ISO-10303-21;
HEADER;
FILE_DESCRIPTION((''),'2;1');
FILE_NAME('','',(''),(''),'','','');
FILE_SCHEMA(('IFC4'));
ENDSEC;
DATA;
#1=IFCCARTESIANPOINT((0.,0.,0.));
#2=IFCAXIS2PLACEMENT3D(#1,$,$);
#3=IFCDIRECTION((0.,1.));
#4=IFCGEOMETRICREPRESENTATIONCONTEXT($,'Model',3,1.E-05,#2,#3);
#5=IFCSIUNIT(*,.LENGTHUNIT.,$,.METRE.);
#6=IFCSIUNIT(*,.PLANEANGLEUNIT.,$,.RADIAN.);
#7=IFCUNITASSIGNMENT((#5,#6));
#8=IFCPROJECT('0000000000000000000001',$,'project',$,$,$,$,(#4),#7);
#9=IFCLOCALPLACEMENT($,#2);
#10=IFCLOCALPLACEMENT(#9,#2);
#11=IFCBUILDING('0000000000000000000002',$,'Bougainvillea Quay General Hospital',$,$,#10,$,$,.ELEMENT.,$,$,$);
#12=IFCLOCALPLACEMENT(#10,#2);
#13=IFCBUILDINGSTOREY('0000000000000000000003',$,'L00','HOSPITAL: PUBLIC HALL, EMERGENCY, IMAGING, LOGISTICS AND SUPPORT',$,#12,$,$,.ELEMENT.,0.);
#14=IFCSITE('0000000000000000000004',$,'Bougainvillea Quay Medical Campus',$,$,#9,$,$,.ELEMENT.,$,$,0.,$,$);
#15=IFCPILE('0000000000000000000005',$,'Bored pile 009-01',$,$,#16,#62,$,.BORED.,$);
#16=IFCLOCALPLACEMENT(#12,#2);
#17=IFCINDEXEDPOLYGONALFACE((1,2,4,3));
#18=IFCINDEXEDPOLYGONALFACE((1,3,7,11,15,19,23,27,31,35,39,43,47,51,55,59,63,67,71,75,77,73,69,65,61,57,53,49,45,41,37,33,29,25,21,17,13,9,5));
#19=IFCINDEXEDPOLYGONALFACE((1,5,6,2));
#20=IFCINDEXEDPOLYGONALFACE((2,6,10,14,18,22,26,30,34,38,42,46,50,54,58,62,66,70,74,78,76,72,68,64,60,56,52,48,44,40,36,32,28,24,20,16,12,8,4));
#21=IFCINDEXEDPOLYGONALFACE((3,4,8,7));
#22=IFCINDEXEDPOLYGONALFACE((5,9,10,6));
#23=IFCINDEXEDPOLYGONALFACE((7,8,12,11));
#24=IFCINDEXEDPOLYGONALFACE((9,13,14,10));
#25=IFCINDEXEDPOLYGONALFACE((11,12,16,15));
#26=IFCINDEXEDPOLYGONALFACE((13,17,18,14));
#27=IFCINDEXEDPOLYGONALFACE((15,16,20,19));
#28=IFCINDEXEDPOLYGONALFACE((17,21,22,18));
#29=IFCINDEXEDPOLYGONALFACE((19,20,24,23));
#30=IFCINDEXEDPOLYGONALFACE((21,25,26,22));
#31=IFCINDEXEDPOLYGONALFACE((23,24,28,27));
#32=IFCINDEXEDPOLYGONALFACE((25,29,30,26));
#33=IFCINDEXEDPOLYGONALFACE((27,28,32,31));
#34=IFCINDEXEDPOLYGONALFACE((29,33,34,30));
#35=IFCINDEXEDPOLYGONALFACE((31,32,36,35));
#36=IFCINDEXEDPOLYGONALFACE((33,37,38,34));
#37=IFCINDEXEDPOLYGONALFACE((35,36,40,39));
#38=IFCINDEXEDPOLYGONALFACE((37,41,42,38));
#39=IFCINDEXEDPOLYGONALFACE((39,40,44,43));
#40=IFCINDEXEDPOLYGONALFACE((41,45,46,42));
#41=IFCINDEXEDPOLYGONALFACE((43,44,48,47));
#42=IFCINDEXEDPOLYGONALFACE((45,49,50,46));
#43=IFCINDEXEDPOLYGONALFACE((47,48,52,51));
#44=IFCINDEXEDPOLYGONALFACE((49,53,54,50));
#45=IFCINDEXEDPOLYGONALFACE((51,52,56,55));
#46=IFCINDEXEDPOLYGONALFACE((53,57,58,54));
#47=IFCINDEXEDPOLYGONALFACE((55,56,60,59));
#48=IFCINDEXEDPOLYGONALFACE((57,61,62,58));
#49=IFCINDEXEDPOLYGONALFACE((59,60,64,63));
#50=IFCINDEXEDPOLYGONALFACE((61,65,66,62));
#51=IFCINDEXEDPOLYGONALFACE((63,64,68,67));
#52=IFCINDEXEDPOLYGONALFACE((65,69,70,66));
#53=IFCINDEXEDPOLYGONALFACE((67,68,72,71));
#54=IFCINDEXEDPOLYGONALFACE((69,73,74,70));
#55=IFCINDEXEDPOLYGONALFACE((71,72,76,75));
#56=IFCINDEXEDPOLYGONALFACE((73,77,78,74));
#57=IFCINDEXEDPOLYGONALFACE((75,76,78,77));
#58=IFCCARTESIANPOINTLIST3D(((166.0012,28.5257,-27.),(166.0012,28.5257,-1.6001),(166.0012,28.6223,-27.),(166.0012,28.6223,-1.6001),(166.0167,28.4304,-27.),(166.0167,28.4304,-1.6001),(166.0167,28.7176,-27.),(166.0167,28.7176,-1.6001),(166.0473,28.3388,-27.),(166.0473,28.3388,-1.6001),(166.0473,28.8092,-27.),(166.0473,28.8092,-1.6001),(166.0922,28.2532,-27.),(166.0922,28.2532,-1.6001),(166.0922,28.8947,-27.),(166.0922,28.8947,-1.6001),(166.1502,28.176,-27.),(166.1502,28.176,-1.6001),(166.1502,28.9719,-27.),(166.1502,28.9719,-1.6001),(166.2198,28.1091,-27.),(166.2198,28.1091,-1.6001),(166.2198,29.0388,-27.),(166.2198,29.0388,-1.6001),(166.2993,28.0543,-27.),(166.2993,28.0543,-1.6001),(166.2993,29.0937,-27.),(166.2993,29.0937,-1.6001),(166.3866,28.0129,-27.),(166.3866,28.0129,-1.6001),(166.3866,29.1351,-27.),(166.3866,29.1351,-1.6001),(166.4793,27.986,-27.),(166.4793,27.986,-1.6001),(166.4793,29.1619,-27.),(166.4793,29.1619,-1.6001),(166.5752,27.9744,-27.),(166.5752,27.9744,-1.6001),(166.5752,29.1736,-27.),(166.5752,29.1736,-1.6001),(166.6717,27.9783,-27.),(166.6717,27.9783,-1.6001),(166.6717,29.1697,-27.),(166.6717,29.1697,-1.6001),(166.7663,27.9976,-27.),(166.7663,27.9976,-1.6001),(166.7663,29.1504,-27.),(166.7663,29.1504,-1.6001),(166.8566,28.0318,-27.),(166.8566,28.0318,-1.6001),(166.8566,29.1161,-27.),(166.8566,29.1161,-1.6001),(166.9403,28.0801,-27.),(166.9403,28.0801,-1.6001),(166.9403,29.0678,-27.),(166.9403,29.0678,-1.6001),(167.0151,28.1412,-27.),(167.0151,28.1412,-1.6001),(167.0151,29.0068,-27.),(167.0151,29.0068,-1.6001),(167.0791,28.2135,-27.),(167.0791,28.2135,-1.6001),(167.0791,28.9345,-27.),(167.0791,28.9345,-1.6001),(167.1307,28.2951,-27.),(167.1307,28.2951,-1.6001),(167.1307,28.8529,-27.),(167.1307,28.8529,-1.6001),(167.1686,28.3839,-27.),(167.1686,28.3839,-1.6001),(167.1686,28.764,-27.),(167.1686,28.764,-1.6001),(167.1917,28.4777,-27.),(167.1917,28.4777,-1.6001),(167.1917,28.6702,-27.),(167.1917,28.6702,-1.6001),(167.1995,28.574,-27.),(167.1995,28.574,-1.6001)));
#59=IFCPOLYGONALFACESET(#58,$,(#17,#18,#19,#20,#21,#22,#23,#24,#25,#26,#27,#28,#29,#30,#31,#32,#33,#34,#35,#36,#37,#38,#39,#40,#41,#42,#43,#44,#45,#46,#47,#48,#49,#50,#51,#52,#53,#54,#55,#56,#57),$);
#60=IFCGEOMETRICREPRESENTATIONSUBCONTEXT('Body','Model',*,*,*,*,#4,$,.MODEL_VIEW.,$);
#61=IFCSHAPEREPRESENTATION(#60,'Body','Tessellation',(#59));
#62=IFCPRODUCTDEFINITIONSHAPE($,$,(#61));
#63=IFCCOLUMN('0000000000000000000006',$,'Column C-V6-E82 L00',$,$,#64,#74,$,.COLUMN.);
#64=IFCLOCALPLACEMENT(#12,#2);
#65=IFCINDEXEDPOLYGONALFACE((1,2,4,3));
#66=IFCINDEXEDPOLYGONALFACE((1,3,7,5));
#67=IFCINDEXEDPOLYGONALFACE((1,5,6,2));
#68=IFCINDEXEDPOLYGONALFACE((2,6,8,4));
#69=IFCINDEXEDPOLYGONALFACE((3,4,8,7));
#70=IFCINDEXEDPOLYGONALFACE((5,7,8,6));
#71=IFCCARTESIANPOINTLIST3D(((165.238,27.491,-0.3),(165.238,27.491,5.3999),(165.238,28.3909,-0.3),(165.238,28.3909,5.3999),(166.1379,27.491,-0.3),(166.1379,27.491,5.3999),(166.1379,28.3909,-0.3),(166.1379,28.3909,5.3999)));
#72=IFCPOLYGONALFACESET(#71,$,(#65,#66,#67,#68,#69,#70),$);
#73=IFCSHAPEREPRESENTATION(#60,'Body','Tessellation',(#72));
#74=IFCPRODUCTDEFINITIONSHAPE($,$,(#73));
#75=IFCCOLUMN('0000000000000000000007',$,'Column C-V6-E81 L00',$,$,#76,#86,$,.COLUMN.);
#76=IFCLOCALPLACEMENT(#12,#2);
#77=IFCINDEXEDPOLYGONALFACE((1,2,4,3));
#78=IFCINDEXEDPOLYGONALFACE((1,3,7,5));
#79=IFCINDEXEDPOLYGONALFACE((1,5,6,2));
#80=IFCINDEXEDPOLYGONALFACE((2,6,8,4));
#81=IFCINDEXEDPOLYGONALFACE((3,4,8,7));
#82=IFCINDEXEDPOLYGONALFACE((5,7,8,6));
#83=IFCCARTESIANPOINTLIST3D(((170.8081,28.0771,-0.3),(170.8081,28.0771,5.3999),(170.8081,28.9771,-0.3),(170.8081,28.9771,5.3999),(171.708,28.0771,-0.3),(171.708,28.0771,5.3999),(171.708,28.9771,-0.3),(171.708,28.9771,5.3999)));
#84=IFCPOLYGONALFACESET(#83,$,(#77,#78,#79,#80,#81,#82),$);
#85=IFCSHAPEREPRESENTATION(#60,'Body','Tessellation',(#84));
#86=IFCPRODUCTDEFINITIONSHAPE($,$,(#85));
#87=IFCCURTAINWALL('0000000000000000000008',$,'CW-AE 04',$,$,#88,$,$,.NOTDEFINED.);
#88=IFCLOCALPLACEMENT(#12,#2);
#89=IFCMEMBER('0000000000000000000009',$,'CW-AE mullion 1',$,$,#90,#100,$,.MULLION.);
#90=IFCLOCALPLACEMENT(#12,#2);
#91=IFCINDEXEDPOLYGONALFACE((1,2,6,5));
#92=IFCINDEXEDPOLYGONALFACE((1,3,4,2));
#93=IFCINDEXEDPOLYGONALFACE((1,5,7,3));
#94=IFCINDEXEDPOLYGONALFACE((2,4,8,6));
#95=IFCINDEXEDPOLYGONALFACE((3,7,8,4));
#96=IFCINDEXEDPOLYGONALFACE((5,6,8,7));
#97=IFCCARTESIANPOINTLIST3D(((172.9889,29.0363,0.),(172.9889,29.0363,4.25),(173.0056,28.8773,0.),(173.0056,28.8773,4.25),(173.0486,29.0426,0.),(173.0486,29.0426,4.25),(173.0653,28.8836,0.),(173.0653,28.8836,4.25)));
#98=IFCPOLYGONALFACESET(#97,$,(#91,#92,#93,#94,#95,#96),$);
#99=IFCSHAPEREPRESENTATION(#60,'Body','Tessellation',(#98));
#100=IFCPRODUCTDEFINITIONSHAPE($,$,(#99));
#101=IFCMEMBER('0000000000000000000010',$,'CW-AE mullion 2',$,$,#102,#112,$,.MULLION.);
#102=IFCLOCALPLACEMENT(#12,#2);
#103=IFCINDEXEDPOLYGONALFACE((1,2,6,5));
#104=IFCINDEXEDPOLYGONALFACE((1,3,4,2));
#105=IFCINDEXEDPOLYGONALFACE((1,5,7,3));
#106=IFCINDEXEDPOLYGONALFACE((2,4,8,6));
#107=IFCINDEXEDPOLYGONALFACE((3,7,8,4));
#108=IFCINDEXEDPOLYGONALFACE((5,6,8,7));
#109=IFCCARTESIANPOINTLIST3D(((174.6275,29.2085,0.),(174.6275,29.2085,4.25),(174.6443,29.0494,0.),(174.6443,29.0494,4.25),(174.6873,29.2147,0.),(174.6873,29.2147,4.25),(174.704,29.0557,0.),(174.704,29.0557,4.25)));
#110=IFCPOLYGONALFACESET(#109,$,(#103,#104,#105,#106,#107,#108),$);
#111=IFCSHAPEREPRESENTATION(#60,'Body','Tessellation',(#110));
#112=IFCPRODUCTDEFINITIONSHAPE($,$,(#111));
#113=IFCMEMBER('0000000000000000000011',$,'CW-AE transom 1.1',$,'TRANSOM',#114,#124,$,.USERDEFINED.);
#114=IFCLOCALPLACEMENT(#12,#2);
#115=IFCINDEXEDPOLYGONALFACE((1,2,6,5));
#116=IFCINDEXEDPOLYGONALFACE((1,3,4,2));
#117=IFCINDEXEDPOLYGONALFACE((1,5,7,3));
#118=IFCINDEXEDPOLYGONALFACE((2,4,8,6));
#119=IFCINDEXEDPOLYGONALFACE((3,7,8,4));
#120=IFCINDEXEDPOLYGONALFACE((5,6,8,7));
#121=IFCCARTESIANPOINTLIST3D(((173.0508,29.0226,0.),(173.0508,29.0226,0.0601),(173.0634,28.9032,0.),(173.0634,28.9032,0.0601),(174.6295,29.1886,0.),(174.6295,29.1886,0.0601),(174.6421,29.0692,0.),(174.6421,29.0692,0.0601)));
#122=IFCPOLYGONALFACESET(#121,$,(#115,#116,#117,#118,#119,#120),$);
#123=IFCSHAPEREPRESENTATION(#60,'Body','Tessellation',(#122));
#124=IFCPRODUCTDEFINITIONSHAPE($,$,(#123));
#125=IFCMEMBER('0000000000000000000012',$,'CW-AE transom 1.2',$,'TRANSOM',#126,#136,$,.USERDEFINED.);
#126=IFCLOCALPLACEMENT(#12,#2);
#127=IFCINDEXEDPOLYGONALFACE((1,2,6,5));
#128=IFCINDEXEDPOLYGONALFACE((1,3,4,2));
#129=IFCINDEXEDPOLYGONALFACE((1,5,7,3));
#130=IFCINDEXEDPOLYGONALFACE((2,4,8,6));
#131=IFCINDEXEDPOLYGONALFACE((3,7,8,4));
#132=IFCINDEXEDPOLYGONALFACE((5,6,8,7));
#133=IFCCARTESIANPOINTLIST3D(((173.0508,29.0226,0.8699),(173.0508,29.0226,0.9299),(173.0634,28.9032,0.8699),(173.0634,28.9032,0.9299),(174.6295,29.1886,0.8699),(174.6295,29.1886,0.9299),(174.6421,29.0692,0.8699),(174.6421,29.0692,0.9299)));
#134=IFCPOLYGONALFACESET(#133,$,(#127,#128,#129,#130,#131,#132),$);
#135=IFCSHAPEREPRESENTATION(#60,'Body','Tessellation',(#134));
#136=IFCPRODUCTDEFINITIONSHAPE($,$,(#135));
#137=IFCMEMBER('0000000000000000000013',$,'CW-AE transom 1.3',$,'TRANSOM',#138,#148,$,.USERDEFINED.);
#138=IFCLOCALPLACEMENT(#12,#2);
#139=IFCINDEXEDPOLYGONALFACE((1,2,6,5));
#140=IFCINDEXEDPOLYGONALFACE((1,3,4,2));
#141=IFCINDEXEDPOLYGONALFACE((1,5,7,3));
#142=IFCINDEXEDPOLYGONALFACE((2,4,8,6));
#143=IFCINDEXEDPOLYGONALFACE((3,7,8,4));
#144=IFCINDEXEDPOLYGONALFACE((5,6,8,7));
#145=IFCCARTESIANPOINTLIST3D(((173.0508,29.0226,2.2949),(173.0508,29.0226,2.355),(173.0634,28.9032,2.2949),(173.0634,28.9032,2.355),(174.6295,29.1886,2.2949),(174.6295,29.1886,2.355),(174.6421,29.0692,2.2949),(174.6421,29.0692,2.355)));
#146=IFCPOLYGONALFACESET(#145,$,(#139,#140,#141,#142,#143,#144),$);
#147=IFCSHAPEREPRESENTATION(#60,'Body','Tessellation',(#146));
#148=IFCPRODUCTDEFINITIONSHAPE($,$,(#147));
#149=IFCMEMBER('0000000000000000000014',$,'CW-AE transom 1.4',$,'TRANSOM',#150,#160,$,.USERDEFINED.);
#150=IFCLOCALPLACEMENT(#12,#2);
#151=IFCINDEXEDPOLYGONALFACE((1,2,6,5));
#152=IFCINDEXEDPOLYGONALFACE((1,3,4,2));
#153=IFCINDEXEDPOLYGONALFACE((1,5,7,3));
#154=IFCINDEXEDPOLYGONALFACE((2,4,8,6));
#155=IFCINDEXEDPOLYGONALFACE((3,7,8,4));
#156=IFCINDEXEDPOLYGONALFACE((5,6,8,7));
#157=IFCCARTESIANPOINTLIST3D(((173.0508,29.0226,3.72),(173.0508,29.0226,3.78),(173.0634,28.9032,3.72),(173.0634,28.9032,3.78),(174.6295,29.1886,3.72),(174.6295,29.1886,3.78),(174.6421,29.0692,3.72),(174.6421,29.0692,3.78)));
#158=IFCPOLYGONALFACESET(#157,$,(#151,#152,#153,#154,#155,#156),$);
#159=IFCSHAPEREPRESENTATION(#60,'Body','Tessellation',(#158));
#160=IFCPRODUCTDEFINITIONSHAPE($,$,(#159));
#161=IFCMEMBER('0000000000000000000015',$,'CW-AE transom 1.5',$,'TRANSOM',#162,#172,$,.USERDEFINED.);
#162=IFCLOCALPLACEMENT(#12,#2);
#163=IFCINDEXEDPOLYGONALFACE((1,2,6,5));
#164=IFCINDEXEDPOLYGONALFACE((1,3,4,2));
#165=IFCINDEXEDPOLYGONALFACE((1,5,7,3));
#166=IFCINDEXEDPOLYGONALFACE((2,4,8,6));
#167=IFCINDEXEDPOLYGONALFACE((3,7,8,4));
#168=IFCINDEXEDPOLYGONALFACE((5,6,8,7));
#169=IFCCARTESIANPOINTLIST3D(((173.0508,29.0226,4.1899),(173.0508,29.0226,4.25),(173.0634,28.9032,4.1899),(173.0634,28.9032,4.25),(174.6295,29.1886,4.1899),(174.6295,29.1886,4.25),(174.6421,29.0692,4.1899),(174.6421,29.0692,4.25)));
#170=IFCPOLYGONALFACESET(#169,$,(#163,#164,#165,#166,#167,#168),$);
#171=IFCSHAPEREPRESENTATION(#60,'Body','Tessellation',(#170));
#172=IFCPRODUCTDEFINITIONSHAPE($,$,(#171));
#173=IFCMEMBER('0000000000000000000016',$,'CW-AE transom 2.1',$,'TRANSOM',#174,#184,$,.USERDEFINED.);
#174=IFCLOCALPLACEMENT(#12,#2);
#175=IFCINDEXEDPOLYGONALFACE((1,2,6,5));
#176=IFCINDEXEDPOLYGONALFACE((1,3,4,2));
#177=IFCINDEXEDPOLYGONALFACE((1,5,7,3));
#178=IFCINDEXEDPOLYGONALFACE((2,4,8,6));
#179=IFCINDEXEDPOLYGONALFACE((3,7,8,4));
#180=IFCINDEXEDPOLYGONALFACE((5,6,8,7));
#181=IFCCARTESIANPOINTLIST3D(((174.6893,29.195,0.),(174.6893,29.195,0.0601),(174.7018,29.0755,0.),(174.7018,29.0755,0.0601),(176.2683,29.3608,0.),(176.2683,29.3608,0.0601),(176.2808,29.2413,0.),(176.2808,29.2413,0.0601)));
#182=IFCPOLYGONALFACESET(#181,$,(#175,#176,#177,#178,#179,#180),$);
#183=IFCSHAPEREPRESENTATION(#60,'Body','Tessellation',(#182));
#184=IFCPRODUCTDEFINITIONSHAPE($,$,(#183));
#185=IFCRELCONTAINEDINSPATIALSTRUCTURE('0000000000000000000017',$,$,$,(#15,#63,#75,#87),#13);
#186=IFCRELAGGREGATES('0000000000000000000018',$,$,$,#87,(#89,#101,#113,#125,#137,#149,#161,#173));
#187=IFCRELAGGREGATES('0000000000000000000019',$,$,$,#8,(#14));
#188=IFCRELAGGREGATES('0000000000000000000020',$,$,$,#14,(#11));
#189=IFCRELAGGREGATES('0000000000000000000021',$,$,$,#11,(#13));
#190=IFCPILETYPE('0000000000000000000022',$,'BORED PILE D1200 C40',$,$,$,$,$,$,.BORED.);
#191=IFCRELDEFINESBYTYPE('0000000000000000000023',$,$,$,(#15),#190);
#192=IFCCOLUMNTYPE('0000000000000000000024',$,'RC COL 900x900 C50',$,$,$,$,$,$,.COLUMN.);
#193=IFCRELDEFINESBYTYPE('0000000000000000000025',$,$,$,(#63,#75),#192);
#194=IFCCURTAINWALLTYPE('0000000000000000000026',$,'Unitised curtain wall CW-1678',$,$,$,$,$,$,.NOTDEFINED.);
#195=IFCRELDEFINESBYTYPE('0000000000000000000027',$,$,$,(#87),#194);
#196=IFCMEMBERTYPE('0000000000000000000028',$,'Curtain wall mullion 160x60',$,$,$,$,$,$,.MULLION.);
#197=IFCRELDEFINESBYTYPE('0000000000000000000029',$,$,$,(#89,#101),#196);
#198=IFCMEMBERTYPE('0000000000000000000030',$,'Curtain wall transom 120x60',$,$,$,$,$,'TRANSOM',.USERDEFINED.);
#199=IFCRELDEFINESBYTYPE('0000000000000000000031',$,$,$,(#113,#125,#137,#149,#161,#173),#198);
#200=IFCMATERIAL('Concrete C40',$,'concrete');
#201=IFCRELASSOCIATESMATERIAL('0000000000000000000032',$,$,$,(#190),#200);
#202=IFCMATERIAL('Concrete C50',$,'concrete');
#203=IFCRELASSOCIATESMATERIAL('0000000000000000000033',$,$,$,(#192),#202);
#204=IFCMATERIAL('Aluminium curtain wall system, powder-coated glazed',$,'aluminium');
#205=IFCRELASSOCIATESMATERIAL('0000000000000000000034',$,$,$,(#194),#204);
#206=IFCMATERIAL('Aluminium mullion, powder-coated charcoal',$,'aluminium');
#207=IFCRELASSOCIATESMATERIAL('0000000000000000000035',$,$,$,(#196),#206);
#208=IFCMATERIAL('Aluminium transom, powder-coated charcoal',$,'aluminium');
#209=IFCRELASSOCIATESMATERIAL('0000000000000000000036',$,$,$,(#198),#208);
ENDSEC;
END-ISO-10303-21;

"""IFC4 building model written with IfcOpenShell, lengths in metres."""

from ifc_helpers import new_model, si_unit, direction, frame, origin, origin_2d, place, context, subcontext, project, spatial, rectangle, circle, extrude, material, material_profile, profile_set, type_object, element, aggregate, save


model = new_model("IFC4")

# Units and contexts
model_context = context("Model", 3, precision=1e-05, world=origin(), true_north=direction((0.0, 1.0)))
body_context = subcontext(model_context, "Body", "Model", "MODEL_VIEW")
ifc_project = project(units=[si_unit("LENGTHUNIT", "METRE"), si_unit("PLANEANGLEUNIT", "RADIAN")], contexts=[model_context])

# Site, building, storey
site_placement = place(None, origin())
site = spatial("IfcSite", under=ifc_project, at=site_placement, Name="Bougainvillea Quay Medical Campus", CompositionType="ELEMENT", RefElevation=0.0)
building_placement = place(site_placement, origin())
building = spatial("IfcBuilding", under=site, at=building_placement, Name="Bougainvillea Quay General Hospital", CompositionType="ELEMENT")
storey_placement = place(building_placement, origin())
storey = spatial("IfcBuildingStorey", under=building, at=storey_placement, Name="L00", Description="HOSPITAL: PUBLIC HALL, EMERGENCY, IMAGING, LOGISTICS AND SUPPORT", CompositionType="ELEMENT", Elevation=0.0)

# Pile
ifc_material_1 = material(Name="Concrete C40", Category="concrete")
ifc_material_profile_1 = material_profile(ifc_material_1, circle(Radius=0.6001, at=origin_2d()))
ifc_profile_set_1 = profile_set([ifc_material_profile_1], Name="Concrete C40")
pile_type = type_object("IfcPileType", Name="BORED PILE D1200 C40", PredefinedType="BORED", material=ifc_profile_set_1)
pile_placement = place(storey_placement, frame((166.5994, 28.574, -1.6001), z_axis=(0.0, 0.0, -1.0), x_axis=(1.0, 0.0, 0.0)))
element("IfcPile", 1, at=pile_placement, inside=storey, type_object=pile_type, Name="Bored pile 009-01", PredefinedType="BORED", context=body_context, shape_type="SweptSolid", body=[
    extrude(circle(Radius=0.6001, at=origin_2d()), origin(), (0.0, 0.0, 1.0), 25.3999),
])

# Columns
ifc_material_2 = material(Name="Concrete C50", Category="concrete")
ifc_material_profile_2 = material_profile(ifc_material_2, rectangle(XDim=0.8999, YDim=0.8999, at=origin_2d()))
ifc_profile_set_2 = profile_set([ifc_material_profile_2], Name="Concrete C50")
column_type = type_object("IfcColumnType", Name="RC COL 900x900 C50", PredefinedType="COLUMN", material=ifc_profile_set_2)
for number, where, z_axis, x_axis, name in (
    (2, (165.688, 27.9409, -0.3), (0.0, 0.0, 1.0), (1.0, 0.0, 0.0), "Column C-V6-E82 L00"),
    (3, (171.2581, 28.5271, -0.3), (0.0, 0.0, 1.0), (1.0, 0.0, 0.0), "Column C-V6-E81 L00"),
):
    element("IfcColumn", number, at=place(storey_placement, frame(where, z_axis=z_axis, x_axis=x_axis)), inside=storey, type_object=column_type, Name=name, PredefinedType="COLUMN", context=body_context, shape_type="SweptSolid", body=[
        extrude(rectangle(XDim=0.8999, YDim=0.8999, at=origin_2d()), origin(), (0.0, 0.0, 1.0), 5.7),
    ])

# Curtain wall, members
ifc_material_3 = material(Name="Aluminium curtain wall system, powder-coated glazed", Category="aluminium")
curtain_wall_type = type_object("IfcCurtainWallType", Name="Unitised curtain wall CW-1678", PredefinedType="NOTDEFINED", material=ifc_material_3)
curtain_wall_placement = place(storey_placement, origin())
curtain_wall = element("IfcCurtainWall", 4, at=curtain_wall_placement, inside=storey, type_object=curtain_wall_type, Name="CW-AE 04", PredefinedType="NOTDEFINED")
ifc_material_4 = material(Name="Aluminium mullion, powder-coated charcoal", Category="aluminium")
ifc_material_profile_3 = material_profile(ifc_material_4, rectangle(XDim=0.1599, YDim=0.0601, at=origin_2d()))
ifc_profile_set_3 = profile_set([ifc_material_profile_3], Name="Aluminium mullion, powder-coated charcoal")
member_type_1 = type_object("IfcMemberType", Name="Curtain wall mullion 160x60", PredefinedType="MULLION", material=ifc_profile_set_3)
member_1_placement = place(storey_placement, frame((173.0271, 28.96, 0.0), z_axis=(0.0, 0.0, 1.0), x_axis=(-0.104527, 0.994522, 0.0)))
member_1 = element("IfcMember", 5, at=member_1_placement, type_object=member_type_1, Name="CW-AE mullion 1", PredefinedType="MULLION", context=body_context, shape_type="SweptSolid", body=[
    extrude(rectangle(XDim=0.1599, YDim=0.0601, at=origin_2d()), origin(), (0.0, 0.0, 1.0), 4.25),
])
member_2_placement = place(storey_placement, frame((174.6658, 29.1321, 0.0), z_axis=(0.0, 0.0, 1.0), x_axis=(-0.104527, 0.994522, 0.0)))
member_2 = element("IfcMember", 6, at=member_2_placement, type_object=member_type_1, Name="CW-AE mullion 2", PredefinedType="MULLION", context=body_context, shape_type="SweptSolid", body=[
    extrude(rectangle(XDim=0.1599, YDim=0.0601, at=origin_2d()), origin(), (0.0, 0.0, 1.0), 4.25),
])
ifc_material_5 = material(Name="Aluminium transom, powder-coated charcoal", Category="aluminium")
ifc_material_profile_4 = material_profile(ifc_material_5, rectangle(XDim=0.1201, YDim=0.0601, at=origin_2d()))
ifc_profile_set_4 = profile_set([ifc_material_profile_4], Name="Aluminium transom, powder-coated charcoal")
member_type_2 = type_object("IfcMemberType", Name="Curtain wall transom 120x60", ElementType="TRANSOM", PredefinedType="USERDEFINED", material=ifc_profile_set_4)
member_3_placement = place(storey_placement, frame((173.0571, 28.9629, 0.03), z_axis=(0.994516, 0.104589, 0.0), x_axis=(-0.104589, 0.994516, 0.0)))
member_3 = element("IfcMember", 7, at=member_3_placement, type_object=member_type_2, Name="CW-AE transom 1.1", ObjectType="TRANSOM", PredefinedType="USERDEFINED", context=body_context, shape_type="SweptSolid", body=[
    extrude(rectangle(XDim=0.1201, YDim=0.0601, at=origin_2d()), origin(), (0.0, 0.0, 1.0), 1.5874),
])
member_4_placement = place(storey_placement, frame((173.0571, 28.9629, 0.8999), z_axis=(0.994516, 0.104589, 0.0), x_axis=(-0.104589, 0.994516, 0.0)))
member_4 = element("IfcMember", 8, at=member_4_placement, type_object=member_type_2, Name="CW-AE transom 1.2", ObjectType="TRANSOM", PredefinedType="USERDEFINED", context=body_context, shape_type="SweptSolid", body=[
    extrude(rectangle(XDim=0.1201, YDim=0.0601, at=origin_2d()), origin(), (0.0, 0.0, 1.0), 1.5874),
])
member_5_placement = place(storey_placement, frame((173.0571, 28.9629, 2.325), z_axis=(0.994516, 0.104589, 0.0), x_axis=(-0.104589, 0.994516, 0.0)))
member_5 = element("IfcMember", 9, at=member_5_placement, type_object=member_type_2, Name="CW-AE transom 1.3", ObjectType="TRANSOM", PredefinedType="USERDEFINED", context=body_context, shape_type="SweptSolid", body=[
    extrude(rectangle(XDim=0.1201, YDim=0.0601, at=origin_2d()), origin(), (0.0, 0.0, 1.0), 1.5874),
])
member_6_placement = place(storey_placement, frame((173.0571, 28.9629, 3.75), z_axis=(0.994516, 0.104589, 0.0), x_axis=(-0.104589, 0.994516, 0.0)))
member_6 = element("IfcMember", 10, at=member_6_placement, type_object=member_type_2, Name="CW-AE transom 1.4", ObjectType="TRANSOM", PredefinedType="USERDEFINED", context=body_context, shape_type="SweptSolid", body=[
    extrude(rectangle(XDim=0.1201, YDim=0.0601, at=origin_2d()), origin(), (0.0, 0.0, 1.0), 1.5874),
])
member_7_placement = place(storey_placement, frame((173.0571, 28.9629, 4.22), z_axis=(0.994516, 0.104589, 0.0), x_axis=(-0.104589, 0.994516, 0.0)))
member_7 = element("IfcMember", 11, at=member_7_placement, type_object=member_type_2, Name="CW-AE transom 1.5", ObjectType="TRANSOM", PredefinedType="USERDEFINED", context=body_context, shape_type="SweptSolid", body=[
    extrude(rectangle(XDim=0.1201, YDim=0.0601, at=origin_2d()), origin(), (0.0, 0.0, 1.0), 1.5874),
])
member_8_placement = place(storey_placement, frame((174.6956, 29.1353, 0.03), z_axis=(0.994533, 0.104421, 0.0), x_axis=(-0.104421, 0.994533, 0.0)))
member_8 = element("IfcMember", 12, at=member_8_placement, type_object=member_type_2, Name="CW-AE transom 2.1", ObjectType="TRANSOM", PredefinedType="USERDEFINED", context=body_context, shape_type="SweptSolid", body=[
    extrude(rectangle(XDim=0.1201, YDim=0.0601, at=origin_2d()), origin(), (0.0, 0.0, 1.0), 1.5876),
])
aggregate(curtain_wall, [member_1, member_2, member_3, member_4, member_5, member_6, member_7, member_8])

save(model, "model.ifc")
